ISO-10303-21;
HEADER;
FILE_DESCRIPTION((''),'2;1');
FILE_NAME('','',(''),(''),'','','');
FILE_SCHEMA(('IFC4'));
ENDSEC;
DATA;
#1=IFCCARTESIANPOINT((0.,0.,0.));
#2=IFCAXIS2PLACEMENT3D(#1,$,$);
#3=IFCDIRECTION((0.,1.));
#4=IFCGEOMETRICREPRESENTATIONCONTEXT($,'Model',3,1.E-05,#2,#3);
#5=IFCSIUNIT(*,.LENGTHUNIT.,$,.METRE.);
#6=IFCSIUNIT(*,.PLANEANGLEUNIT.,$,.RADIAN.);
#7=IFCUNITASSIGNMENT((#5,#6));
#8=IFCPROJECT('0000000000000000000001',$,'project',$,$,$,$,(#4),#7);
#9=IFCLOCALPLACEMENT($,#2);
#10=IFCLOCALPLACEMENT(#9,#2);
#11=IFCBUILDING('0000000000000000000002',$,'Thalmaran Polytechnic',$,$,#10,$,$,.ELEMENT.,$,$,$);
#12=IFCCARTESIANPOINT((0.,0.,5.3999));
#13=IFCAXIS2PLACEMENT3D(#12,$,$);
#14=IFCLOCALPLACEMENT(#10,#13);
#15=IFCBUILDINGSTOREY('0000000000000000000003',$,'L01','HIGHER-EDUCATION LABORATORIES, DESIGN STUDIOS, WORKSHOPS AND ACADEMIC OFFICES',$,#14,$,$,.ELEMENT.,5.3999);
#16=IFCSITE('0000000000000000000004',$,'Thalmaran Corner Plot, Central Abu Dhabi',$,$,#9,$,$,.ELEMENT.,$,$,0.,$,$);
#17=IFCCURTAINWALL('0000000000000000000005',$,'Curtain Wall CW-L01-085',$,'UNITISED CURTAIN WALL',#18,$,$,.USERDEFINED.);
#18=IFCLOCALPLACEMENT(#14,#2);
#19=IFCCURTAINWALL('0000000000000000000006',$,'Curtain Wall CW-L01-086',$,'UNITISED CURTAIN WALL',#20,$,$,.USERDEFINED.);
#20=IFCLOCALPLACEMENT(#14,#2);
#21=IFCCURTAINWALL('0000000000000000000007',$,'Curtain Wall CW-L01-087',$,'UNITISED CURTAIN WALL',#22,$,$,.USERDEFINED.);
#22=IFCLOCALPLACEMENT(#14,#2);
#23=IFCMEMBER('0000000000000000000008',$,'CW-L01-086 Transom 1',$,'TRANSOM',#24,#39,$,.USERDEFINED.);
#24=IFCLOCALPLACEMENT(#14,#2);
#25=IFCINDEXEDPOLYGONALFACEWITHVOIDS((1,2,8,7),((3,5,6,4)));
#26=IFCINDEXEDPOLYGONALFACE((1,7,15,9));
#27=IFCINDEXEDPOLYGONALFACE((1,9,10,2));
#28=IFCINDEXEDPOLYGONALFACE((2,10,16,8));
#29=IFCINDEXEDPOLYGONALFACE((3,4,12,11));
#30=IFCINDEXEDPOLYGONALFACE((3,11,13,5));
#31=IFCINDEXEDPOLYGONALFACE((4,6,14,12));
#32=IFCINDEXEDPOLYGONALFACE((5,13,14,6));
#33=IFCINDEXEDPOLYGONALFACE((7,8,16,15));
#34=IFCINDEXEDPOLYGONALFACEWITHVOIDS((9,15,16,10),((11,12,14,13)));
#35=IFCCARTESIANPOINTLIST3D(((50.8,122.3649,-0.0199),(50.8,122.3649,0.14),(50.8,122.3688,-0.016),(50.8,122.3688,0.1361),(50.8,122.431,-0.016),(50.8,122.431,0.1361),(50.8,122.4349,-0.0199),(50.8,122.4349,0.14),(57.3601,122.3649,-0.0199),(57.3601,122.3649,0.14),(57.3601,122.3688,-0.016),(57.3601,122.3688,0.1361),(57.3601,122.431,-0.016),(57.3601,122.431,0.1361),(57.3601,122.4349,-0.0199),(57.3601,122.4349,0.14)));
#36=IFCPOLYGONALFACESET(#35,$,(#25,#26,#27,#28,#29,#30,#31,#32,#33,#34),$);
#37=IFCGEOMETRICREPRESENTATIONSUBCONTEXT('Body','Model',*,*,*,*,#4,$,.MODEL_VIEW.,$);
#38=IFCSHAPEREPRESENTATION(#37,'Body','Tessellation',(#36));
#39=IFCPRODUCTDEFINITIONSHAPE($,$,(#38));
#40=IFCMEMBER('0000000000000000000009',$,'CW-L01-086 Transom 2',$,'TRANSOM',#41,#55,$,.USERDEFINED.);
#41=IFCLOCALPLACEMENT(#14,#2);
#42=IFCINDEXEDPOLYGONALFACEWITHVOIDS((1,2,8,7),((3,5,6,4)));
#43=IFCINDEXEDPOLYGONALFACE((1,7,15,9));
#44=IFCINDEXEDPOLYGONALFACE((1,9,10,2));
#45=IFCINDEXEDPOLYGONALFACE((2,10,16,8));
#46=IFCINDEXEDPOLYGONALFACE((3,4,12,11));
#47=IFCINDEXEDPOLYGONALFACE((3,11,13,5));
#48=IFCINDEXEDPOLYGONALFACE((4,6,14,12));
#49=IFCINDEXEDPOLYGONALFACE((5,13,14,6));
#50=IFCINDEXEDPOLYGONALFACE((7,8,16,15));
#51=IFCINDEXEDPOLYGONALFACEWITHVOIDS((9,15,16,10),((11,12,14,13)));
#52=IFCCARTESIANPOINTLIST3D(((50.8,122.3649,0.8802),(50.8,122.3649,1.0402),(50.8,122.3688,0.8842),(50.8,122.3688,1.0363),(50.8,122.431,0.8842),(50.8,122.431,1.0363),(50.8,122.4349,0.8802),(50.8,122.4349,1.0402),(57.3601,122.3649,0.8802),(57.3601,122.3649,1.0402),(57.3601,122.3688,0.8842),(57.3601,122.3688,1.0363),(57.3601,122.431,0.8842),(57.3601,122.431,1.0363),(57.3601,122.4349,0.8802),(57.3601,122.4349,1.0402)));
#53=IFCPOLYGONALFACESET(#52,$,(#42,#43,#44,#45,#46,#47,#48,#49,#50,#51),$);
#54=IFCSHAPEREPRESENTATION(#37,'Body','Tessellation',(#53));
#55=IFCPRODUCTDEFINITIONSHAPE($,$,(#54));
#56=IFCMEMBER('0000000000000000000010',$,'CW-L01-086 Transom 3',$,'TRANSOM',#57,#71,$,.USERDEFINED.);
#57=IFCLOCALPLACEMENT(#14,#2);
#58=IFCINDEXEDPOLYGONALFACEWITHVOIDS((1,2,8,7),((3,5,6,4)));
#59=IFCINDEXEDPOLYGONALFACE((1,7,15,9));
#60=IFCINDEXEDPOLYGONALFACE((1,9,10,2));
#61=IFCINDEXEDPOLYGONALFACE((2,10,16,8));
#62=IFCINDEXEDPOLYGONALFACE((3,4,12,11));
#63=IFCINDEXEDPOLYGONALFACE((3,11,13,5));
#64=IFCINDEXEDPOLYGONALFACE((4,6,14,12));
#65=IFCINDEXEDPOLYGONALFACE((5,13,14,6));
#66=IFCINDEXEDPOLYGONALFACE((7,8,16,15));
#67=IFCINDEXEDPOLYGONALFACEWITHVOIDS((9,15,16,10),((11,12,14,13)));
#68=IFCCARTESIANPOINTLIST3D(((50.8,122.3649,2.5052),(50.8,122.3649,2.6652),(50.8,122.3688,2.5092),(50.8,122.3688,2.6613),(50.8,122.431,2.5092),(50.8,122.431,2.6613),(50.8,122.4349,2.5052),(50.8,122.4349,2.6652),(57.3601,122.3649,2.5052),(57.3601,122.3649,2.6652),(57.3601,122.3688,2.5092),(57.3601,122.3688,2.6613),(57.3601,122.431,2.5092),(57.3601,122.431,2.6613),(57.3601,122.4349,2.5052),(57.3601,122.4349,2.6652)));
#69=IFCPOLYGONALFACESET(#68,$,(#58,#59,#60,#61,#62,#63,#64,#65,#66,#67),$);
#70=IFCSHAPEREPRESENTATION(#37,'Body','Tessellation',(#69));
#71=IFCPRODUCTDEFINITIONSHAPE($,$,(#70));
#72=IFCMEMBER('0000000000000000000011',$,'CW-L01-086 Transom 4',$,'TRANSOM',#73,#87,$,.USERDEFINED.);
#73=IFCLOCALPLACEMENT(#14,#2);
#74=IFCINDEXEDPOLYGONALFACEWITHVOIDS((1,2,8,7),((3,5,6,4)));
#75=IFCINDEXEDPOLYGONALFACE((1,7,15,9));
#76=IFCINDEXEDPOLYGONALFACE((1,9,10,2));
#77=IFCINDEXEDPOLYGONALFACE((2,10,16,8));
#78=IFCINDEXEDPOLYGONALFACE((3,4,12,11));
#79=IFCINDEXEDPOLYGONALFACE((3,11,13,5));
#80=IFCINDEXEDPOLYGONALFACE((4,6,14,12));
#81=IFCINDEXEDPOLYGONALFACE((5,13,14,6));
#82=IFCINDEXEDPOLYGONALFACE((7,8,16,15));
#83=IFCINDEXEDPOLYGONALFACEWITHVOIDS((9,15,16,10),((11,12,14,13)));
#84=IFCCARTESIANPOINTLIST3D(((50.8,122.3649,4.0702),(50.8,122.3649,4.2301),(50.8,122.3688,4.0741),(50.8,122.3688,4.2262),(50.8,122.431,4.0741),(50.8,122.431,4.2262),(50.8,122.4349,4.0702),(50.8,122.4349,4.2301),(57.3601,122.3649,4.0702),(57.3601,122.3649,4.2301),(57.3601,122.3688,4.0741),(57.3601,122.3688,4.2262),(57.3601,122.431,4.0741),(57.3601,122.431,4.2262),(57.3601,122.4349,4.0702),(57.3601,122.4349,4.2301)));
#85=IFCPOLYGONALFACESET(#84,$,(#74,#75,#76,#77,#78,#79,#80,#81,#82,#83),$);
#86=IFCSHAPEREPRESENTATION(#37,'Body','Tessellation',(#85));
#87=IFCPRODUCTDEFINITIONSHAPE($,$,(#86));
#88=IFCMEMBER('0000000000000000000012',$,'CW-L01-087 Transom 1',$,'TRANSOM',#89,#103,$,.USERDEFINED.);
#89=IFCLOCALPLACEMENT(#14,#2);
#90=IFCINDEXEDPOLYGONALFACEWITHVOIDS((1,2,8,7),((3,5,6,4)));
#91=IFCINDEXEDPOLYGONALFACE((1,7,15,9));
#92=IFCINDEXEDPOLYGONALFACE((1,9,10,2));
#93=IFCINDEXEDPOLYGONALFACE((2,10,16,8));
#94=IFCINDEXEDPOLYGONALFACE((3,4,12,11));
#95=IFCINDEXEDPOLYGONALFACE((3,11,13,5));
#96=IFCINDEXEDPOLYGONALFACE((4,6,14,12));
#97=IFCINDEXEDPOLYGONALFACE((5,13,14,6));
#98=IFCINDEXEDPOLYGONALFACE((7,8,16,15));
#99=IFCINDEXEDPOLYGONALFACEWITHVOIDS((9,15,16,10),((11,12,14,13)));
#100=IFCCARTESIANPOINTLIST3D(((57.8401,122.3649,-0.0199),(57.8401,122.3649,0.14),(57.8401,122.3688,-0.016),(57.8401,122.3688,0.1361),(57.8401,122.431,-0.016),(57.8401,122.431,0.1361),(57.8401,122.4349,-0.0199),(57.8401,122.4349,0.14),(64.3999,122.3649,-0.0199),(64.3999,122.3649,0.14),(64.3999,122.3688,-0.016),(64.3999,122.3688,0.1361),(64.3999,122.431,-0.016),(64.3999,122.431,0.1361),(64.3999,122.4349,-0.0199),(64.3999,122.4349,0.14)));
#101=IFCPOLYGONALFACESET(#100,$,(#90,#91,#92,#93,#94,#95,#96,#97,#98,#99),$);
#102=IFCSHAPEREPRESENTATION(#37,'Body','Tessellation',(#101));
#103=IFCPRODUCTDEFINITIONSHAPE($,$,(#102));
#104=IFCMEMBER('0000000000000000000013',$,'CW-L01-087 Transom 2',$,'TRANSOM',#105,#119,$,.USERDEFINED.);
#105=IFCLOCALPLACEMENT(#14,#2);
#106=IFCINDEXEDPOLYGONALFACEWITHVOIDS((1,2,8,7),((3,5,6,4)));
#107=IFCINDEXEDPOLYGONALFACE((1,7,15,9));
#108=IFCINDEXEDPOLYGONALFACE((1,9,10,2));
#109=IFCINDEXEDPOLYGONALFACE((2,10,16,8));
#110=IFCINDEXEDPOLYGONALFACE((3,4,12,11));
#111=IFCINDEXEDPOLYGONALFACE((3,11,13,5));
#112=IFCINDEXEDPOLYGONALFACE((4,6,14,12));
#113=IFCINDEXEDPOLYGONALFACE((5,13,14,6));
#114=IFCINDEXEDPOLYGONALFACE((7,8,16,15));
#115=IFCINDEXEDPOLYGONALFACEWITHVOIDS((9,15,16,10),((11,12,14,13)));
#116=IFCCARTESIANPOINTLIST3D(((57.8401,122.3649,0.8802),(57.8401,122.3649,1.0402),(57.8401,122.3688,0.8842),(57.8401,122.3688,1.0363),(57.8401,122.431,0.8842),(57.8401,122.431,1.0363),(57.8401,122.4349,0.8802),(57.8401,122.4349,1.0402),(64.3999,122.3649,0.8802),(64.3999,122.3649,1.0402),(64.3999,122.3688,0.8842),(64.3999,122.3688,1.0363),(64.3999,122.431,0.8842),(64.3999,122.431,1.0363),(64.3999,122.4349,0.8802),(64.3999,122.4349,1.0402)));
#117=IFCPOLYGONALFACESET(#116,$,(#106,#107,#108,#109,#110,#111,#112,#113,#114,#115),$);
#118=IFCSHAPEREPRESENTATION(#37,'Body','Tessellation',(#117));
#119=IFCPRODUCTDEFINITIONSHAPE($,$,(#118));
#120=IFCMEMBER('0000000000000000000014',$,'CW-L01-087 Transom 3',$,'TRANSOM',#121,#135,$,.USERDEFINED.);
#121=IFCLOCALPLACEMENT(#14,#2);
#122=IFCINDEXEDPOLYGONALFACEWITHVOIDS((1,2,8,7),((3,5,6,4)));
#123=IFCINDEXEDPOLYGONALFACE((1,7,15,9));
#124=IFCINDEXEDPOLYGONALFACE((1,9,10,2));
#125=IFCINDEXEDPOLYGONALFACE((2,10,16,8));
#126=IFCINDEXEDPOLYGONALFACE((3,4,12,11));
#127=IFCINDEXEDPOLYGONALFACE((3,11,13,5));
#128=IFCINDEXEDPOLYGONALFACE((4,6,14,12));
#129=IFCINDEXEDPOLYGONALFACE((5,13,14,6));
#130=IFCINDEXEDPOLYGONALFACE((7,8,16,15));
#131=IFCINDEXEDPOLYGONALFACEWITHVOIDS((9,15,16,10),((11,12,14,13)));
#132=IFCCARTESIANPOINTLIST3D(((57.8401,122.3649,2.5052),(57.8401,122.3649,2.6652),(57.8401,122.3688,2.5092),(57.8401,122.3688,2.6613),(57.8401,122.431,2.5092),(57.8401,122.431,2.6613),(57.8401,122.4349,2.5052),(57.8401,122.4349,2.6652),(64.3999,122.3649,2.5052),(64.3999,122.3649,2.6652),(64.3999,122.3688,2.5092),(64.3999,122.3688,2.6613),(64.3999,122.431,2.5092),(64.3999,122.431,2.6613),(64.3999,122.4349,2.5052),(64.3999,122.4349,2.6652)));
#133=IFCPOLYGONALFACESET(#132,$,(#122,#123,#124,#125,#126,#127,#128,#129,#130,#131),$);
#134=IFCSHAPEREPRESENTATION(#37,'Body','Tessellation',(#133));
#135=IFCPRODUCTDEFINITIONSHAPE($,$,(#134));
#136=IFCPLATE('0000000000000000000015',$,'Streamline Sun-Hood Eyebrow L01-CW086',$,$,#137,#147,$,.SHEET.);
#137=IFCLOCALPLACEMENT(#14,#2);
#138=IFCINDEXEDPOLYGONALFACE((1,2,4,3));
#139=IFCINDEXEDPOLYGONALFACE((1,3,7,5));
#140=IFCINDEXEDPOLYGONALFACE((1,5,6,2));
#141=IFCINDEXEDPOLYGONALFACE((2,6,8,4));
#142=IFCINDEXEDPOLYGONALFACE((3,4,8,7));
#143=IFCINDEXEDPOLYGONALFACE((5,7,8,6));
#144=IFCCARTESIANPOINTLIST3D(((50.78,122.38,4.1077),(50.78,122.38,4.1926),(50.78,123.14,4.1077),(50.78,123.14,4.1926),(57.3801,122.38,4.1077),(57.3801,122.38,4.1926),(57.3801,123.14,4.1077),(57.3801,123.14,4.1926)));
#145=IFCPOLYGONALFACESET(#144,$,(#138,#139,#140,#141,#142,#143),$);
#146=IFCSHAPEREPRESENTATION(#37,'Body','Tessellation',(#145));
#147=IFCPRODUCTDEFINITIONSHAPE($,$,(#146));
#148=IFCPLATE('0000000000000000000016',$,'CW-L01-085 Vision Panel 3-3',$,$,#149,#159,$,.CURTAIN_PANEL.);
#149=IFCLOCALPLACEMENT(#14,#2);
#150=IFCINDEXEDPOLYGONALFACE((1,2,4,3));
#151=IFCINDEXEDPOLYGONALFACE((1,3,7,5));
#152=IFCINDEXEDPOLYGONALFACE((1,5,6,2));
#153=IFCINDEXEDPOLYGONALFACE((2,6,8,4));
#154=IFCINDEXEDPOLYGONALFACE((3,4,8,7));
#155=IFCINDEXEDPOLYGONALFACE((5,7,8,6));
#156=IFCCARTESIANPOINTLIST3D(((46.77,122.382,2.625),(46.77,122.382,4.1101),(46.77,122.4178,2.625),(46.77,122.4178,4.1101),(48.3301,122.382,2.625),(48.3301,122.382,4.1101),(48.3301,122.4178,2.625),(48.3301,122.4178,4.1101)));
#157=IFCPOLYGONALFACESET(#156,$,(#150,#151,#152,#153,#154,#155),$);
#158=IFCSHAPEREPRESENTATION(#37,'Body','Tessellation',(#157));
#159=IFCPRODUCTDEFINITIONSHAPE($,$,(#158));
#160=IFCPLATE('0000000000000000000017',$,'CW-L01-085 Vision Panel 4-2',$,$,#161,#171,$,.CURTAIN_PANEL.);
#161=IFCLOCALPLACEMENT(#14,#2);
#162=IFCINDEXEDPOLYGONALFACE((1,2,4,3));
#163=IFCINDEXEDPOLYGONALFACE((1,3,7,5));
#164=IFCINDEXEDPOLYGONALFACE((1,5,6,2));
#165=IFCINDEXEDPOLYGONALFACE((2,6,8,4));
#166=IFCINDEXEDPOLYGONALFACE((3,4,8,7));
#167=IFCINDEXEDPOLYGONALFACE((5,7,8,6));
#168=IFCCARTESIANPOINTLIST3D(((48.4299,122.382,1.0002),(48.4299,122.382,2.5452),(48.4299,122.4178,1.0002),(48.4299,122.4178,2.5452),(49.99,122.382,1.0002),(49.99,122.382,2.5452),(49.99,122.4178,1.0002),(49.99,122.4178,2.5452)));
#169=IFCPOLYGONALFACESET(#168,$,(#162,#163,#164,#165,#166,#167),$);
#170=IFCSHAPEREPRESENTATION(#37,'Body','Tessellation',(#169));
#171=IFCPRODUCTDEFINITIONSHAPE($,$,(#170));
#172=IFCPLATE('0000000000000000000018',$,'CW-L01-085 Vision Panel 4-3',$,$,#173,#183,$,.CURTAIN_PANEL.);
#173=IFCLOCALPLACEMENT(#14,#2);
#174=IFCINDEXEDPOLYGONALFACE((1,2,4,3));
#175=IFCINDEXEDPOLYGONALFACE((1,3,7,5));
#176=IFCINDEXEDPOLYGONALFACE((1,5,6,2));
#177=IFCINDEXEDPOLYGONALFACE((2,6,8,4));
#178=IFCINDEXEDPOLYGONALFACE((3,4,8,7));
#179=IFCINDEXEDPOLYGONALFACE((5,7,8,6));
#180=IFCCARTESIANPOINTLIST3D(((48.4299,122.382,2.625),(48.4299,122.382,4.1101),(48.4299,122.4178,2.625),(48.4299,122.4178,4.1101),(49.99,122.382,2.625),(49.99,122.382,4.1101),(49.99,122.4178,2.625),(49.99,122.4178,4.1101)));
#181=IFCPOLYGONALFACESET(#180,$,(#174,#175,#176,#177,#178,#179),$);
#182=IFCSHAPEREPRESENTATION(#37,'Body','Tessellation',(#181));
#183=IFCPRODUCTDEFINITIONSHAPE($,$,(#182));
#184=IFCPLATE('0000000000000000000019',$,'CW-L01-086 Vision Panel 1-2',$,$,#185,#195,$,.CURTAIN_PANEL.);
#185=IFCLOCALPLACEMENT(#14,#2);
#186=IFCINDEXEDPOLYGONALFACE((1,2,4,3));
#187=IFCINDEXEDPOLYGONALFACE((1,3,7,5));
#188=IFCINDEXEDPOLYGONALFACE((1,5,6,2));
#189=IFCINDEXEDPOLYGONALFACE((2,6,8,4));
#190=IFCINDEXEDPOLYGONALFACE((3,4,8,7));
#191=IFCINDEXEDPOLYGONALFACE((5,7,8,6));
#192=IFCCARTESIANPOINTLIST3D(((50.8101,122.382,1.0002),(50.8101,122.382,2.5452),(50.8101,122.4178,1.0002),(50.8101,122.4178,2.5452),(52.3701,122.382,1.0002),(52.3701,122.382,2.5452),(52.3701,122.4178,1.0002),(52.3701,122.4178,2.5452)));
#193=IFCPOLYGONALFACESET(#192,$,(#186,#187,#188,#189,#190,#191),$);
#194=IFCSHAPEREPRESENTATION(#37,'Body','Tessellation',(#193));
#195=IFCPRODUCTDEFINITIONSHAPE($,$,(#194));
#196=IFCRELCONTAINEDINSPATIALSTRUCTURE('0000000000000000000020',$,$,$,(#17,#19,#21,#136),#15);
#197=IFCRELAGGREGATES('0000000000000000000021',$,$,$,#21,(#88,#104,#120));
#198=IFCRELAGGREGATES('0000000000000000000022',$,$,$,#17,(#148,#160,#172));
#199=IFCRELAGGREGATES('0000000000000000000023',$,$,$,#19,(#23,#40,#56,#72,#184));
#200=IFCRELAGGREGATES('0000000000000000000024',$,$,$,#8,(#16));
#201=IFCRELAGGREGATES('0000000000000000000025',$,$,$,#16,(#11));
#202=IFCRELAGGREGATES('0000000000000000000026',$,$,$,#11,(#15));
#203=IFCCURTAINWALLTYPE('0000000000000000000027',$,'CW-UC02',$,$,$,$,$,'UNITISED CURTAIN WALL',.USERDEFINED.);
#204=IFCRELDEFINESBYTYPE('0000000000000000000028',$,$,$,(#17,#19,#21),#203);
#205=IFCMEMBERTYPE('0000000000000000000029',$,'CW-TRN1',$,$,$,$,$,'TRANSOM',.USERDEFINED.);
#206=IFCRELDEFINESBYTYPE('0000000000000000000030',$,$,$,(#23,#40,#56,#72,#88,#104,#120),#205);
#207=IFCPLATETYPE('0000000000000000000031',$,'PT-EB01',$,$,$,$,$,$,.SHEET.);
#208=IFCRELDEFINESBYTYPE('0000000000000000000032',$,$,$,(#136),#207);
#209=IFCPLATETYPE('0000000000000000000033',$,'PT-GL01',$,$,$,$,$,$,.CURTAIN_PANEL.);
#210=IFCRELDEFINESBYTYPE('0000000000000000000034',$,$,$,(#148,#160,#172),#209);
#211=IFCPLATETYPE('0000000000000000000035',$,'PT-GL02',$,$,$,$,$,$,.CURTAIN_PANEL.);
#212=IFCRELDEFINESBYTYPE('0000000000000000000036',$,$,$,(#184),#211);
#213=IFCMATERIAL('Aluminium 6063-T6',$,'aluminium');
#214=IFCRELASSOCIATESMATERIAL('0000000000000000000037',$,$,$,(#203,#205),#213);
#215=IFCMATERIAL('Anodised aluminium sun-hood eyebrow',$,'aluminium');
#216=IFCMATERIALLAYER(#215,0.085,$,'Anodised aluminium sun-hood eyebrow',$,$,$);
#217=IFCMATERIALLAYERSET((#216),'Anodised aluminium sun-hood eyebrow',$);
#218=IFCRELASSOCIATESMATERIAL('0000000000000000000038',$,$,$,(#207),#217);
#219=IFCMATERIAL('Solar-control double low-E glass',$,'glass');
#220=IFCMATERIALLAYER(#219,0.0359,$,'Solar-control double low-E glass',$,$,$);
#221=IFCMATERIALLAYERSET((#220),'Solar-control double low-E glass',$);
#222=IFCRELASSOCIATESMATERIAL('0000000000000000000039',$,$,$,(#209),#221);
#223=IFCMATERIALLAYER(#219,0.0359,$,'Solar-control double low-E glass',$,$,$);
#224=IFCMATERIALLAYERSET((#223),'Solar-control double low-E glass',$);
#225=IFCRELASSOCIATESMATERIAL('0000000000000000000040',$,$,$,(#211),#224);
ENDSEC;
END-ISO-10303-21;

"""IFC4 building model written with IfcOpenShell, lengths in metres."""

from ifc_helpers import new_model, si_unit, direction, frame, origin, origin_2d, place, context, subcontext, project, spatial, rectangle, hollow_rectangle, extrude, material, layer, layer_set, material_profile, profile_set, type_object, element, aggregate, save


model = new_model("IFC4")

# Units and contexts
model_context = context("Model", 3, precision=1e-05, world=origin(), true_north=direction((0.0, 1.0)))
body_context = subcontext(model_context, "Body", "Model", "MODEL_VIEW")
ifc_project = project(units=[si_unit("LENGTHUNIT", "METRE"), si_unit("PLANEANGLEUNIT", "RADIAN")], contexts=[model_context])

# Site, building, storey
site_placement = place(None, origin())
site = spatial("IfcSite", under=ifc_project, at=site_placement, Name="Thalmaran Corner Plot, Central Abu Dhabi", CompositionType="ELEMENT", RefElevation=0.0)
building_placement = place(site_placement, origin())
building = spatial("IfcBuilding", under=site, at=building_placement, Name="Thalmaran Polytechnic", CompositionType="ELEMENT")
storey_placement = place(building_placement, frame((0.0, 0.0, 5.3999)))
storey = spatial("IfcBuildingStorey", under=building, at=storey_placement, Name="L01", Description="HIGHER-EDUCATION LABORATORIES, DESIGN STUDIOS, WORKSHOPS AND ACADEMIC OFFICES", CompositionType="ELEMENT", Elevation=5.3999)

# Curtain walls
ifc_material_1 = material(Name="Aluminium 6063-T6", Category="aluminium")
curtain_wall_type = type_object("IfcCurtainWallType", Name="CW-UC02", ElementType="UNITISED CURTAIN WALL", PredefinedType="USERDEFINED", material=ifc_material_1)
curtain_wall_1_placement = place(storey_placement, origin())
curtain_wall_1 = element("IfcCurtainWall", 1, at=curtain_wall_1_placement, inside=storey, type_object=curtain_wall_type, Name="Curtain Wall CW-L01-085", ObjectType="UNITISED CURTAIN WALL", PredefinedType="USERDEFINED")
curtain_wall_2_placement = place(storey_placement, origin())
curtain_wall_2 = element("IfcCurtainWall", 2, at=curtain_wall_2_placement, inside=storey, type_object=curtain_wall_type, Name="Curtain Wall CW-L01-086", ObjectType="UNITISED CURTAIN WALL", PredefinedType="USERDEFINED")

# Curtain wall
curtain_wall_3_placement = place(storey_placement, origin())
curtain_wall_3 = element("IfcCurtainWall", 3, at=curtain_wall_3_placement, inside=storey, type_object=curtain_wall_type, Name="Curtain Wall CW-L01-087", ObjectType="UNITISED CURTAIN WALL", PredefinedType="USERDEFINED")

# Members
ifc_material_profile_1 = material_profile(ifc_material_1, hollow_rectangle(XDim=0.0701, YDim=0.1599, WallThickness=0.0039, at=origin_2d()), Name="AL 160x70x4.0")
ifc_profile_set_1 = profile_set([ifc_material_profile_1], Name="Aluminium 6063-T6")
member_type_1 = type_object("IfcMemberType", Name="CW-TRN1", ElementType="TRANSOM", PredefinedType="USERDEFINED", material=ifc_profile_set_1)
member_1_placement = place(storey_placement, frame((50.8, 122.3999, 0.0601), z_axis=(1.0, 0.0, 0.0), x_axis=(0.0, 1.0, 0.0)))
member_1 = element("IfcMember", 4, at=member_1_placement, type_object=member_type_1, Name="CW-L01-086 Transom 1", ObjectType="TRANSOM", PredefinedType="USERDEFINED", context=body_context, shape_type="SweptSolid", body=[
    extrude(hollow_rectangle(XDim=0.0701, YDim=0.1599, WallThickness=0.0039, at=origin_2d()), origin(), (0.0, 0.0, 1.0), 6.5601),
])
member_2_placement = place(storey_placement, frame((50.8, 122.3999, 0.9602), z_axis=(1.0, 0.0, 0.0), x_axis=(0.0, 1.0, 0.0)))
member_2 = element("IfcMember", 5, at=member_2_placement, type_object=member_type_1, Name="CW-L01-086 Transom 2", ObjectType="TRANSOM", PredefinedType="USERDEFINED", context=body_context, shape_type="SweptSolid", body=[
    extrude(hollow_rectangle(XDim=0.0701, YDim=0.1599, WallThickness=0.0039, at=origin_2d()), origin(), (0.0, 0.0, 1.0), 6.5601),
])
member_3_placement = place(storey_placement, frame((50.8, 122.3999, 2.5852), z_axis=(1.0, 0.0, 0.0), x_axis=(0.0, 1.0, 0.0)))
member_3 = element("IfcMember", 6, at=member_3_placement, type_object=member_type_1, Name="CW-L01-086 Transom 3", ObjectType="TRANSOM", PredefinedType="USERDEFINED", context=body_context, shape_type="SweptSolid", body=[
    extrude(hollow_rectangle(XDim=0.0701, YDim=0.1599, WallThickness=0.0039, at=origin_2d()), origin(), (0.0, 0.0, 1.0), 6.5601),
])
member_4_placement = place(storey_placement, frame((50.8, 122.3999, 4.1501), z_axis=(1.0, 0.0, 0.0), x_axis=(0.0, 1.0, 0.0)))
member_4 = element("IfcMember", 7, at=member_4_placement, type_object=member_type_1, Name="CW-L01-086 Transom 4", ObjectType="TRANSOM", PredefinedType="USERDEFINED", context=body_context, shape_type="SweptSolid", body=[
    extrude(hollow_rectangle(XDim=0.0701, YDim=0.1599, WallThickness=0.0039, at=origin_2d()), origin(), (0.0, 0.0, 1.0), 6.5601),
])
member_5_placement = place(storey_placement, frame((57.8401, 122.3999, 0.0601), z_axis=(1.0, 0.0, 0.0), x_axis=(0.0, 1.0, 0.0)))
member_5 = element("IfcMember", 8, at=member_5_placement, type_object=member_type_1, Name="CW-L01-087 Transom 1", ObjectType="TRANSOM", PredefinedType="USERDEFINED", context=body_context, shape_type="SweptSolid", body=[
    extrude(hollow_rectangle(XDim=0.0701, YDim=0.1599, WallThickness=0.0039, at=origin_2d()), origin(), (0.0, 0.0, 1.0), 6.5598),
])
member_6_placement = place(storey_placement, frame((57.8401, 122.3999, 0.9602), z_axis=(1.0, 0.0, 0.0), x_axis=(0.0, 1.0, 0.0)))
member_6 = element("IfcMember", 9, at=member_6_placement, type_object=member_type_1, Name="CW-L01-087 Transom 2", ObjectType="TRANSOM", PredefinedType="USERDEFINED", context=body_context, shape_type="SweptSolid", body=[
    extrude(hollow_rectangle(XDim=0.0701, YDim=0.1599, WallThickness=0.0039, at=origin_2d()), origin(), (0.0, 0.0, 1.0), 6.5598),
])
member_7_placement = place(storey_placement, frame((57.8401, 122.3999, 2.5852), z_axis=(1.0, 0.0, 0.0), x_axis=(0.0, 1.0, 0.0)))
member_7 = element("IfcMember", 10, at=member_7_placement, type_object=member_type_1, Name="CW-L01-087 Transom 3", ObjectType="TRANSOM", PredefinedType="USERDEFINED", context=body_context, shape_type="SweptSolid", body=[
    extrude(hollow_rectangle(XDim=0.0701, YDim=0.1599, WallThickness=0.0039, at=origin_2d()), origin(), (0.0, 0.0, 1.0), 6.5598),
])
aggregate(curtain_wall_3, [member_5, member_6, member_7])

# Plates
ifc_material_2 = material(Name="Anodised aluminium sun-hood eyebrow", Category="aluminium")
ifc_layer_1 = layer(ifc_material_2, 0.085, Name="Anodised aluminium sun-hood eyebrow")
ifc_layer_set_1 = layer_set([ifc_layer_1], Name="Anodised aluminium sun-hood eyebrow")
plate_type_1 = type_object("IfcPlateType", Name="PT-EB01", PredefinedType="SHEET", material=ifc_layer_set_1)
plate_1_placement = place(storey_placement, frame((54.0801, 122.76, 4.1077), z_axis=(0.0, 0.0, 1.0), x_axis=(1.0, 0.0, 0.0)))
element("IfcPlate", 11, at=plate_1_placement, inside=storey, type_object=plate_type_1, Name="Streamline Sun-Hood Eyebrow L01-CW086", PredefinedType="SHEET", context=body_context, shape_type="SweptSolid", body=[
    extrude(rectangle(XDim=6.6001, YDim=0.76, at=origin_2d()), origin(), (0.0, 0.0, 1.0), 0.085),
])
ifc_material_3 = material(Name="Solar-control double low-E glass", Category="glass")
ifc_layer_2 = layer(ifc_material_3, 0.0359, Name="Solar-control double low-E glass")
ifc_layer_set_2 = layer_set([ifc_layer_2], Name="Solar-control double low-E glass")
plate_type_2 = type_object("IfcPlateType", Name="PT-GL01", PredefinedType="CURTAIN_PANEL", material=ifc_layer_set_2)
plate_2_placement = place(storey_placement, frame((47.55, 122.3999, 2.625), z_axis=(0.0, 0.0, 1.0), x_axis=(1.0, 0.0, 0.0)))
plate_2 = element("IfcPlate", 12, at=plate_2_placement, type_object=plate_type_2, Name="CW-L01-085 Vision Panel 3-3", PredefinedType="CURTAIN_PANEL", context=body_context, shape_type="SweptSolid", body=[
    extrude(rectangle(XDim=1.5601, YDim=0.0359, at=origin_2d()), origin(), (0.0, 0.0, 1.0), 1.4851),
])
plate_3_placement = place(storey_placement, frame((49.21, 122.3999, 1.0002), z_axis=(0.0, 0.0, 1.0), x_axis=(1.0, 0.0, 0.0)))
plate_3 = element("IfcPlate", 13, at=plate_3_placement, type_object=plate_type_2, Name="CW-L01-085 Vision Panel 4-2", PredefinedType="CURTAIN_PANEL", context=body_context, shape_type="SweptSolid", body=[
    extrude(rectangle(XDim=1.5601, YDim=0.0359, at=origin_2d()), origin(), (0.0, 0.0, 1.0), 1.5449),
])
plate_4_placement = place(storey_placement, frame((49.21, 122.3999, 2.625), z_axis=(0.0, 0.0, 1.0), x_axis=(1.0, 0.0, 0.0)))
plate_4 = element("IfcPlate", 14, at=plate_4_placement, type_object=plate_type_2, Name="CW-L01-085 Vision Panel 4-3", PredefinedType="CURTAIN_PANEL", context=body_context, shape_type="SweptSolid", body=[
    extrude(rectangle(XDim=1.5601, YDim=0.0359, at=origin_2d()), origin(), (0.0, 0.0, 1.0), 1.4851),
])
ifc_layer_3 = layer(ifc_material_3, 0.0359, Name="Solar-control double low-E glass")
ifc_layer_set_3 = layer_set([ifc_layer_3], Name="Solar-control double low-E glass")
plate_type_3 = type_object("IfcPlateType", Name="PT-GL02", PredefinedType="CURTAIN_PANEL", material=ifc_layer_set_3)
plate_5_placement = place(storey_placement, frame((51.5901, 122.3999, 1.0002), z_axis=(0.0, 0.0, 1.0), x_axis=(1.0, 0.0, 0.0)))
plate_5 = element("IfcPlate", 15, at=plate_5_placement, type_object=plate_type_3, Name="CW-L01-086 Vision Panel 1-2", PredefinedType="CURTAIN_PANEL", context=body_context, shape_type="SweptSolid", body=[
    extrude(rectangle(XDim=1.5601, YDim=0.0359, at=origin_2d()), origin(), (0.0, 0.0, 1.0), 1.5449),
])
aggregate(curtain_wall_1, [plate_2, plate_3, plate_4])
aggregate(curtain_wall_2, [member_1, member_2, member_3, member_4, plate_5])

save(model, "model.ifc")
